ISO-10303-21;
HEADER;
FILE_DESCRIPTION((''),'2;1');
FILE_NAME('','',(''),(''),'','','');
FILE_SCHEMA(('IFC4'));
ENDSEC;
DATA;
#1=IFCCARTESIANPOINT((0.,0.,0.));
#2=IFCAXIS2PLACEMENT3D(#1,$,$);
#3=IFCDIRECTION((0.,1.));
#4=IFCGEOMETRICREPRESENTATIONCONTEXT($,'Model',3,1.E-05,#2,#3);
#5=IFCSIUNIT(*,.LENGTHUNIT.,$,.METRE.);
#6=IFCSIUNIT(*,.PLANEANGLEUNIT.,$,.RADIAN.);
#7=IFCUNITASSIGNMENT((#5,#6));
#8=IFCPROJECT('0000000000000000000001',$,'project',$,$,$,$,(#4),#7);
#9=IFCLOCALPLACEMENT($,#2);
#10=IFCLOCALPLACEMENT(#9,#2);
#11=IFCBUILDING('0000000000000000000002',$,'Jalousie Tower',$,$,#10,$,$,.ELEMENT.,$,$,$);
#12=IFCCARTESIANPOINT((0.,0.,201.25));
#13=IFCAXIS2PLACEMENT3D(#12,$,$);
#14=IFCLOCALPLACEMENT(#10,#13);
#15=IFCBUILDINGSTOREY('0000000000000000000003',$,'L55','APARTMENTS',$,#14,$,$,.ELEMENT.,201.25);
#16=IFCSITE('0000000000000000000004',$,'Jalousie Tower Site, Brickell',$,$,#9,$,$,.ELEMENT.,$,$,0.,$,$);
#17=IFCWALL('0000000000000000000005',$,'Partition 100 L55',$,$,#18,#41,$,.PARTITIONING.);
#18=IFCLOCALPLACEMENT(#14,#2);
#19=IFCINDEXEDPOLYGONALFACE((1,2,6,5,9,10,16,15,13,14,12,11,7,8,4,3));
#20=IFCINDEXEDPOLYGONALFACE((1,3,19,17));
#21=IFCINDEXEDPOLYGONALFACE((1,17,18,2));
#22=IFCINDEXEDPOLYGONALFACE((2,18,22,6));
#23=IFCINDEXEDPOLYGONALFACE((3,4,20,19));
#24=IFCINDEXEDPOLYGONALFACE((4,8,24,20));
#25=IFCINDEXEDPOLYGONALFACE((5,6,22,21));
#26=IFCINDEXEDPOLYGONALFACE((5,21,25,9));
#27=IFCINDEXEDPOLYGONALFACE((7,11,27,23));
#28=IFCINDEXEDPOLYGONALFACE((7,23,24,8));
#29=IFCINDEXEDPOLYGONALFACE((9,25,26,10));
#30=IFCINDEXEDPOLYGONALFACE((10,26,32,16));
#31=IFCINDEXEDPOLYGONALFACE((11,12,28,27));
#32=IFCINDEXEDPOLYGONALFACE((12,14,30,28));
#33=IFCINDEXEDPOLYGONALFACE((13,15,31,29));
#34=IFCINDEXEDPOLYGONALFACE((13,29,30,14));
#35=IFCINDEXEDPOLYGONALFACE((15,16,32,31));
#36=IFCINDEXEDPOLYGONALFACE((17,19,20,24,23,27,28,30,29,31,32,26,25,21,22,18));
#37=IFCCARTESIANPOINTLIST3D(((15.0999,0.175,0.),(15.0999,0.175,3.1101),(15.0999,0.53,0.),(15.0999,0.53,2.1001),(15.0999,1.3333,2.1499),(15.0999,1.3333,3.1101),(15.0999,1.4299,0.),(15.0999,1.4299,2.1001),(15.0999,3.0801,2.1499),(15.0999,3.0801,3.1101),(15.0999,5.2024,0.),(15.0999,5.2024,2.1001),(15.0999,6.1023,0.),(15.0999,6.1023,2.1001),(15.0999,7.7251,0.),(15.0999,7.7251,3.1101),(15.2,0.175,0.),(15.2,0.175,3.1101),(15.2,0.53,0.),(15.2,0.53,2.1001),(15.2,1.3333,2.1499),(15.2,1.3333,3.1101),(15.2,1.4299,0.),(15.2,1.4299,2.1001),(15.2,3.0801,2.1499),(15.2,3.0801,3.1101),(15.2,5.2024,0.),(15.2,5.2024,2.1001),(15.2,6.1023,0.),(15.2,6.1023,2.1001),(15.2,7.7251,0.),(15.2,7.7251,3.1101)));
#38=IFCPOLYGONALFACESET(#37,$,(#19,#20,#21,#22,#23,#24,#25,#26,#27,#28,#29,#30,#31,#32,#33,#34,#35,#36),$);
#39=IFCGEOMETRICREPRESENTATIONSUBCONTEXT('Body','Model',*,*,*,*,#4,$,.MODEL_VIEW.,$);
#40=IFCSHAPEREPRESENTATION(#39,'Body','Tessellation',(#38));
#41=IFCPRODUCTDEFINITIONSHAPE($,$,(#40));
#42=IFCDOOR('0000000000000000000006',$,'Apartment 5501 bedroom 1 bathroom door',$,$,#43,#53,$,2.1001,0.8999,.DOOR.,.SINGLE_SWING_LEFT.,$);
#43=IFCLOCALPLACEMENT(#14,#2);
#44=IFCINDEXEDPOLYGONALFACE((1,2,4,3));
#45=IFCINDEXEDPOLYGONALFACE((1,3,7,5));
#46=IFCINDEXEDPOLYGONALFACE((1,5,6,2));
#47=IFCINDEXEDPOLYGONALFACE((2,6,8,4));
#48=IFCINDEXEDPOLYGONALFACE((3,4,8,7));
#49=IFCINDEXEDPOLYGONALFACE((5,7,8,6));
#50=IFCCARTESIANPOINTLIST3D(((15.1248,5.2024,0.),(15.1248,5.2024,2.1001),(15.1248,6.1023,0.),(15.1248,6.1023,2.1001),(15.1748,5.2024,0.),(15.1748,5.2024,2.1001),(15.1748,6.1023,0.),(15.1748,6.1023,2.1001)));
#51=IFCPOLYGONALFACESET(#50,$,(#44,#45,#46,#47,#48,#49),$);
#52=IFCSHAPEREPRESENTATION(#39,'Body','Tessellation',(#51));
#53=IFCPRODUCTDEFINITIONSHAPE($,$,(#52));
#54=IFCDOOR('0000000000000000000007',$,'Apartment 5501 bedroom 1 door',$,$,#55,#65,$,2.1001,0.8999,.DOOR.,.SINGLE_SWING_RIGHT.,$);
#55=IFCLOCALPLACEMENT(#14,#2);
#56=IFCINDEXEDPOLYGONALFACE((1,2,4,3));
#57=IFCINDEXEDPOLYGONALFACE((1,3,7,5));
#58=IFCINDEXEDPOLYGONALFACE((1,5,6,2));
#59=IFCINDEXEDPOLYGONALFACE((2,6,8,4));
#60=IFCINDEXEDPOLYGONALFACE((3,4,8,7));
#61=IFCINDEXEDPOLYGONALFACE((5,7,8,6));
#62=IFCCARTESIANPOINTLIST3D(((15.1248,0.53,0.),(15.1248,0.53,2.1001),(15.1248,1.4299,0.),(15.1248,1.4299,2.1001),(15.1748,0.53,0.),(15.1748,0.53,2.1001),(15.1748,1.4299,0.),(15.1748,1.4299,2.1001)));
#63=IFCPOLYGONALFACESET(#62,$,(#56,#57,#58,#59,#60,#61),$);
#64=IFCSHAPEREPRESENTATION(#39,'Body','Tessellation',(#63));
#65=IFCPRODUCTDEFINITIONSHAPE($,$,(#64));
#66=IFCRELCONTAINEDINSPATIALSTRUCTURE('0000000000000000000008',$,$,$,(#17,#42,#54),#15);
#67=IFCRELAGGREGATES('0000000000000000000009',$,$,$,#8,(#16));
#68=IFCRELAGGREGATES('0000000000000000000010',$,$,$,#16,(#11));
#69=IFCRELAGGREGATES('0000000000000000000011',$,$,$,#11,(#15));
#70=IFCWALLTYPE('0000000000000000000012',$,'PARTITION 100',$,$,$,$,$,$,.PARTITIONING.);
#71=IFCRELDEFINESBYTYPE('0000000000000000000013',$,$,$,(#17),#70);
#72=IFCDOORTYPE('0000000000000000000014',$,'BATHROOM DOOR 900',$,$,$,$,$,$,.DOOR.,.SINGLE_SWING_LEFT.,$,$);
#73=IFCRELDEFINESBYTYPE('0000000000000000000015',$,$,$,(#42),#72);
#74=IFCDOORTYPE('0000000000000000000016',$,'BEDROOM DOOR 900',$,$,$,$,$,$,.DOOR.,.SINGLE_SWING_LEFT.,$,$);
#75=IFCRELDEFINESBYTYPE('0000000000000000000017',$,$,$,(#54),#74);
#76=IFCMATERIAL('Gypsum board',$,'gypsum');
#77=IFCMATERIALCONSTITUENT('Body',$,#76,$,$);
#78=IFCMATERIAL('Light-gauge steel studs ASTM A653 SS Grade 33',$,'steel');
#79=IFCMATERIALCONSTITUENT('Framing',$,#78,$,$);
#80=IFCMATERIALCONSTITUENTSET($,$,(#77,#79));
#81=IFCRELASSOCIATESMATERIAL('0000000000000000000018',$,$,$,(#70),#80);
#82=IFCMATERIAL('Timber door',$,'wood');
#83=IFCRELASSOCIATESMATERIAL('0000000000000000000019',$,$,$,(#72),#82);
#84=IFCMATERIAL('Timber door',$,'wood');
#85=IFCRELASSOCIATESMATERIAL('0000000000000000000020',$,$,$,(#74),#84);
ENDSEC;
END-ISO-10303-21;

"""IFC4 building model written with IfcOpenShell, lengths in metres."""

from ifc_helpers import new_model, si_unit, direction, frame, frame_2d, origin, place, context, subcontext, project, spatial, polyline, rectangle, outline, extrude, material, constituent, constituent_set, type_object, element, fill, save


model = new_model("IFC4")

# Units and contexts
model_context = context("Model", 3, precision=1e-05, world=origin(), true_north=direction((0.0, 1.0)))
body_context = subcontext(model_context, "Body", "Model", "MODEL_VIEW")
ifc_project = project(units=[si_unit("LENGTHUNIT", "METRE"), si_unit("PLANEANGLEUNIT", "RADIAN")], contexts=[model_context])

# Site, building, storey
site_placement = place(None, origin())
site = spatial("IfcSite", under=ifc_project, at=site_placement, Name="Jalousie Tower Site, Brickell", CompositionType="ELEMENT", RefElevation=0.0)
building_placement = place(site_placement, origin())
building = spatial("IfcBuilding", under=site, at=building_placement, Name="Jalousie Tower", CompositionType="ELEMENT")
storey_placement = place(building_placement, frame((0.0, 0.0, 201.25)))
storey = spatial("IfcBuildingStorey", under=building, at=storey_placement, Name="L55", Description="APARTMENTS", CompositionType="ELEMENT", Elevation=201.25)

# Wall, openings, doors
ifc_material_1 = material(Name="Gypsum board", Category="gypsum")
ifc_constituent_1 = constituent(ifc_material_1, Name="Body")
ifc_material_2 = material(Name="Light-gauge steel studs ASTM A653 SS Grade 33", Category="steel")
ifc_constituent_2 = constituent(ifc_material_2, Name="Framing")
ifc_constituent_set_1 = constituent_set(constituents=[ifc_constituent_1, ifc_constituent_2])
wall_type_1 = type_object("IfcWallType", Name="PARTITION 100", PredefinedType="PARTITIONING", material=ifc_constituent_set_1)
wall_1_placement = place(storey_placement, frame((15.1499, 0.175, 0.0), z_axis=(0.0, 0.0, 1.0), x_axis=(0.0, 1.0, 0.0)))
wall_1 = element("IfcWall", 1, at=wall_1_placement, inside=storey, type_object=wall_type_1, Name="Partition 100 L55", PredefinedType="PARTITIONING", context=body_context, shape_type="SweptSolid", body=[
    extrude(outline(polyline([(0.0, 0.0), (7.55, 0.0), (7.55, 3.1101), (2.905, 3.1101), (2.905, 2.1499), (1.1582, 2.1499), (1.1582, 3.1101), (0.0, 3.1101), (0.0, 0.0)])), frame((0.0, 0.05, 0.0), z_axis=(0.0, -1.0, 0.0), x_axis=(1.0, 0.0, 0.0)), (0.0, 0.0, 1.0), 0.1001),
])
opening_1_placement = place(wall_1_placement, frame((0.355, 0.0, 0.0)))
opening_1 = element("IfcOpeningElement", 2, at=opening_1_placement, cuts=wall_1, PredefinedType="OPENING", context=body_context, shape_type="SweptSolid", body=[
    extrude(rectangle(XDim=0.8999, YDim=2.1001, at=frame_2d((0.45, 1.05))), frame((0.0, 0.0601, 0.0), z_axis=(0.0, -1.0, 0.0), x_axis=(1.0, 0.0, 0.0)), (0.0, 0.0, 1.0), 0.1201),
])
opening_2_placement = place(wall_1_placement, frame((5.0273, 0.0, 0.0)))
opening_2 = element("IfcOpeningElement", 3, at=opening_2_placement, cuts=wall_1, PredefinedType="OPENING", context=body_context, shape_type="SweptSolid", body=[
    extrude(rectangle(XDim=0.8999, YDim=2.1001, at=frame_2d((0.45, 1.05))), frame((0.0, 0.0601, 0.0), z_axis=(0.0, -1.0, 0.0), x_axis=(1.0, 0.0, 0.0)), (0.0, 0.0, 1.0), 0.1201),
])
ifc_material_3 = material(Name="Timber door", Category="wood")
door_type_1 = type_object("IfcDoorType", Name="BATHROOM DOOR 900", OperationType="SINGLE_SWING_LEFT", PredefinedType="DOOR", material=ifc_material_3)
door_1_placement = place(opening_2_placement, frame((0.8999, 0.0, 0.0), z_axis=(0.0, 0.0, 1.0), x_axis=(-1.0, 0.0, 0.0)))
door_1 = element("IfcDoor", 4, at=door_1_placement, inside=storey, type_object=door_type_1, Name="Apartment 5501 bedroom 1 bathroom door", OperationType="SINGLE_SWING_LEFT", OverallHeight=2.1001, OverallWidth=0.8999, PredefinedType="DOOR", context=body_context, shape_type="SweptSolid", body=[
    extrude(rectangle(XDim=0.8999, YDim=2.1001, at=frame_2d((0.45, 1.05))), frame((0.0, 0.0249, 0.0), z_axis=(0.0, -1.0, 0.0), x_axis=(1.0, 0.0, 0.0)), (0.0, 0.0, 1.0), 0.05),
])
fill(opening_2, door_1)
ifc_material_4 = material(Name="Timber door", Category="wood")
door_type_2 = type_object("IfcDoorType", Name="BEDROOM DOOR 900", OperationType="SINGLE_SWING_LEFT", PredefinedType="DOOR", material=ifc_material_4)
door_2_placement = place(opening_1_placement, frame((0.8999, 0.0, 0.0), z_axis=(0.0, 0.0, 1.0), x_axis=(-1.0, 0.0, 0.0)))
door_2 = element("IfcDoor", 5, at=door_2_placement, inside=storey, type_object=door_type_2, Name="Apartment 5501 bedroom 1 door", OperationType="SINGLE_SWING_RIGHT", OverallHeight=2.1001, OverallWidth=0.8999, PredefinedType="DOOR", context=body_context, shape_type="SweptSolid", body=[
    extrude(rectangle(XDim=0.8999, YDim=2.1001, at=frame_2d((0.45, 1.05))), frame((0.0, 0.0249, 0.0), z_axis=(0.0, -1.0, 0.0), x_axis=(1.0, 0.0, 0.0)), (0.0, 0.0, 1.0), 0.05),
])
fill(opening_1, door_2)

save(model, "model.ifc")
